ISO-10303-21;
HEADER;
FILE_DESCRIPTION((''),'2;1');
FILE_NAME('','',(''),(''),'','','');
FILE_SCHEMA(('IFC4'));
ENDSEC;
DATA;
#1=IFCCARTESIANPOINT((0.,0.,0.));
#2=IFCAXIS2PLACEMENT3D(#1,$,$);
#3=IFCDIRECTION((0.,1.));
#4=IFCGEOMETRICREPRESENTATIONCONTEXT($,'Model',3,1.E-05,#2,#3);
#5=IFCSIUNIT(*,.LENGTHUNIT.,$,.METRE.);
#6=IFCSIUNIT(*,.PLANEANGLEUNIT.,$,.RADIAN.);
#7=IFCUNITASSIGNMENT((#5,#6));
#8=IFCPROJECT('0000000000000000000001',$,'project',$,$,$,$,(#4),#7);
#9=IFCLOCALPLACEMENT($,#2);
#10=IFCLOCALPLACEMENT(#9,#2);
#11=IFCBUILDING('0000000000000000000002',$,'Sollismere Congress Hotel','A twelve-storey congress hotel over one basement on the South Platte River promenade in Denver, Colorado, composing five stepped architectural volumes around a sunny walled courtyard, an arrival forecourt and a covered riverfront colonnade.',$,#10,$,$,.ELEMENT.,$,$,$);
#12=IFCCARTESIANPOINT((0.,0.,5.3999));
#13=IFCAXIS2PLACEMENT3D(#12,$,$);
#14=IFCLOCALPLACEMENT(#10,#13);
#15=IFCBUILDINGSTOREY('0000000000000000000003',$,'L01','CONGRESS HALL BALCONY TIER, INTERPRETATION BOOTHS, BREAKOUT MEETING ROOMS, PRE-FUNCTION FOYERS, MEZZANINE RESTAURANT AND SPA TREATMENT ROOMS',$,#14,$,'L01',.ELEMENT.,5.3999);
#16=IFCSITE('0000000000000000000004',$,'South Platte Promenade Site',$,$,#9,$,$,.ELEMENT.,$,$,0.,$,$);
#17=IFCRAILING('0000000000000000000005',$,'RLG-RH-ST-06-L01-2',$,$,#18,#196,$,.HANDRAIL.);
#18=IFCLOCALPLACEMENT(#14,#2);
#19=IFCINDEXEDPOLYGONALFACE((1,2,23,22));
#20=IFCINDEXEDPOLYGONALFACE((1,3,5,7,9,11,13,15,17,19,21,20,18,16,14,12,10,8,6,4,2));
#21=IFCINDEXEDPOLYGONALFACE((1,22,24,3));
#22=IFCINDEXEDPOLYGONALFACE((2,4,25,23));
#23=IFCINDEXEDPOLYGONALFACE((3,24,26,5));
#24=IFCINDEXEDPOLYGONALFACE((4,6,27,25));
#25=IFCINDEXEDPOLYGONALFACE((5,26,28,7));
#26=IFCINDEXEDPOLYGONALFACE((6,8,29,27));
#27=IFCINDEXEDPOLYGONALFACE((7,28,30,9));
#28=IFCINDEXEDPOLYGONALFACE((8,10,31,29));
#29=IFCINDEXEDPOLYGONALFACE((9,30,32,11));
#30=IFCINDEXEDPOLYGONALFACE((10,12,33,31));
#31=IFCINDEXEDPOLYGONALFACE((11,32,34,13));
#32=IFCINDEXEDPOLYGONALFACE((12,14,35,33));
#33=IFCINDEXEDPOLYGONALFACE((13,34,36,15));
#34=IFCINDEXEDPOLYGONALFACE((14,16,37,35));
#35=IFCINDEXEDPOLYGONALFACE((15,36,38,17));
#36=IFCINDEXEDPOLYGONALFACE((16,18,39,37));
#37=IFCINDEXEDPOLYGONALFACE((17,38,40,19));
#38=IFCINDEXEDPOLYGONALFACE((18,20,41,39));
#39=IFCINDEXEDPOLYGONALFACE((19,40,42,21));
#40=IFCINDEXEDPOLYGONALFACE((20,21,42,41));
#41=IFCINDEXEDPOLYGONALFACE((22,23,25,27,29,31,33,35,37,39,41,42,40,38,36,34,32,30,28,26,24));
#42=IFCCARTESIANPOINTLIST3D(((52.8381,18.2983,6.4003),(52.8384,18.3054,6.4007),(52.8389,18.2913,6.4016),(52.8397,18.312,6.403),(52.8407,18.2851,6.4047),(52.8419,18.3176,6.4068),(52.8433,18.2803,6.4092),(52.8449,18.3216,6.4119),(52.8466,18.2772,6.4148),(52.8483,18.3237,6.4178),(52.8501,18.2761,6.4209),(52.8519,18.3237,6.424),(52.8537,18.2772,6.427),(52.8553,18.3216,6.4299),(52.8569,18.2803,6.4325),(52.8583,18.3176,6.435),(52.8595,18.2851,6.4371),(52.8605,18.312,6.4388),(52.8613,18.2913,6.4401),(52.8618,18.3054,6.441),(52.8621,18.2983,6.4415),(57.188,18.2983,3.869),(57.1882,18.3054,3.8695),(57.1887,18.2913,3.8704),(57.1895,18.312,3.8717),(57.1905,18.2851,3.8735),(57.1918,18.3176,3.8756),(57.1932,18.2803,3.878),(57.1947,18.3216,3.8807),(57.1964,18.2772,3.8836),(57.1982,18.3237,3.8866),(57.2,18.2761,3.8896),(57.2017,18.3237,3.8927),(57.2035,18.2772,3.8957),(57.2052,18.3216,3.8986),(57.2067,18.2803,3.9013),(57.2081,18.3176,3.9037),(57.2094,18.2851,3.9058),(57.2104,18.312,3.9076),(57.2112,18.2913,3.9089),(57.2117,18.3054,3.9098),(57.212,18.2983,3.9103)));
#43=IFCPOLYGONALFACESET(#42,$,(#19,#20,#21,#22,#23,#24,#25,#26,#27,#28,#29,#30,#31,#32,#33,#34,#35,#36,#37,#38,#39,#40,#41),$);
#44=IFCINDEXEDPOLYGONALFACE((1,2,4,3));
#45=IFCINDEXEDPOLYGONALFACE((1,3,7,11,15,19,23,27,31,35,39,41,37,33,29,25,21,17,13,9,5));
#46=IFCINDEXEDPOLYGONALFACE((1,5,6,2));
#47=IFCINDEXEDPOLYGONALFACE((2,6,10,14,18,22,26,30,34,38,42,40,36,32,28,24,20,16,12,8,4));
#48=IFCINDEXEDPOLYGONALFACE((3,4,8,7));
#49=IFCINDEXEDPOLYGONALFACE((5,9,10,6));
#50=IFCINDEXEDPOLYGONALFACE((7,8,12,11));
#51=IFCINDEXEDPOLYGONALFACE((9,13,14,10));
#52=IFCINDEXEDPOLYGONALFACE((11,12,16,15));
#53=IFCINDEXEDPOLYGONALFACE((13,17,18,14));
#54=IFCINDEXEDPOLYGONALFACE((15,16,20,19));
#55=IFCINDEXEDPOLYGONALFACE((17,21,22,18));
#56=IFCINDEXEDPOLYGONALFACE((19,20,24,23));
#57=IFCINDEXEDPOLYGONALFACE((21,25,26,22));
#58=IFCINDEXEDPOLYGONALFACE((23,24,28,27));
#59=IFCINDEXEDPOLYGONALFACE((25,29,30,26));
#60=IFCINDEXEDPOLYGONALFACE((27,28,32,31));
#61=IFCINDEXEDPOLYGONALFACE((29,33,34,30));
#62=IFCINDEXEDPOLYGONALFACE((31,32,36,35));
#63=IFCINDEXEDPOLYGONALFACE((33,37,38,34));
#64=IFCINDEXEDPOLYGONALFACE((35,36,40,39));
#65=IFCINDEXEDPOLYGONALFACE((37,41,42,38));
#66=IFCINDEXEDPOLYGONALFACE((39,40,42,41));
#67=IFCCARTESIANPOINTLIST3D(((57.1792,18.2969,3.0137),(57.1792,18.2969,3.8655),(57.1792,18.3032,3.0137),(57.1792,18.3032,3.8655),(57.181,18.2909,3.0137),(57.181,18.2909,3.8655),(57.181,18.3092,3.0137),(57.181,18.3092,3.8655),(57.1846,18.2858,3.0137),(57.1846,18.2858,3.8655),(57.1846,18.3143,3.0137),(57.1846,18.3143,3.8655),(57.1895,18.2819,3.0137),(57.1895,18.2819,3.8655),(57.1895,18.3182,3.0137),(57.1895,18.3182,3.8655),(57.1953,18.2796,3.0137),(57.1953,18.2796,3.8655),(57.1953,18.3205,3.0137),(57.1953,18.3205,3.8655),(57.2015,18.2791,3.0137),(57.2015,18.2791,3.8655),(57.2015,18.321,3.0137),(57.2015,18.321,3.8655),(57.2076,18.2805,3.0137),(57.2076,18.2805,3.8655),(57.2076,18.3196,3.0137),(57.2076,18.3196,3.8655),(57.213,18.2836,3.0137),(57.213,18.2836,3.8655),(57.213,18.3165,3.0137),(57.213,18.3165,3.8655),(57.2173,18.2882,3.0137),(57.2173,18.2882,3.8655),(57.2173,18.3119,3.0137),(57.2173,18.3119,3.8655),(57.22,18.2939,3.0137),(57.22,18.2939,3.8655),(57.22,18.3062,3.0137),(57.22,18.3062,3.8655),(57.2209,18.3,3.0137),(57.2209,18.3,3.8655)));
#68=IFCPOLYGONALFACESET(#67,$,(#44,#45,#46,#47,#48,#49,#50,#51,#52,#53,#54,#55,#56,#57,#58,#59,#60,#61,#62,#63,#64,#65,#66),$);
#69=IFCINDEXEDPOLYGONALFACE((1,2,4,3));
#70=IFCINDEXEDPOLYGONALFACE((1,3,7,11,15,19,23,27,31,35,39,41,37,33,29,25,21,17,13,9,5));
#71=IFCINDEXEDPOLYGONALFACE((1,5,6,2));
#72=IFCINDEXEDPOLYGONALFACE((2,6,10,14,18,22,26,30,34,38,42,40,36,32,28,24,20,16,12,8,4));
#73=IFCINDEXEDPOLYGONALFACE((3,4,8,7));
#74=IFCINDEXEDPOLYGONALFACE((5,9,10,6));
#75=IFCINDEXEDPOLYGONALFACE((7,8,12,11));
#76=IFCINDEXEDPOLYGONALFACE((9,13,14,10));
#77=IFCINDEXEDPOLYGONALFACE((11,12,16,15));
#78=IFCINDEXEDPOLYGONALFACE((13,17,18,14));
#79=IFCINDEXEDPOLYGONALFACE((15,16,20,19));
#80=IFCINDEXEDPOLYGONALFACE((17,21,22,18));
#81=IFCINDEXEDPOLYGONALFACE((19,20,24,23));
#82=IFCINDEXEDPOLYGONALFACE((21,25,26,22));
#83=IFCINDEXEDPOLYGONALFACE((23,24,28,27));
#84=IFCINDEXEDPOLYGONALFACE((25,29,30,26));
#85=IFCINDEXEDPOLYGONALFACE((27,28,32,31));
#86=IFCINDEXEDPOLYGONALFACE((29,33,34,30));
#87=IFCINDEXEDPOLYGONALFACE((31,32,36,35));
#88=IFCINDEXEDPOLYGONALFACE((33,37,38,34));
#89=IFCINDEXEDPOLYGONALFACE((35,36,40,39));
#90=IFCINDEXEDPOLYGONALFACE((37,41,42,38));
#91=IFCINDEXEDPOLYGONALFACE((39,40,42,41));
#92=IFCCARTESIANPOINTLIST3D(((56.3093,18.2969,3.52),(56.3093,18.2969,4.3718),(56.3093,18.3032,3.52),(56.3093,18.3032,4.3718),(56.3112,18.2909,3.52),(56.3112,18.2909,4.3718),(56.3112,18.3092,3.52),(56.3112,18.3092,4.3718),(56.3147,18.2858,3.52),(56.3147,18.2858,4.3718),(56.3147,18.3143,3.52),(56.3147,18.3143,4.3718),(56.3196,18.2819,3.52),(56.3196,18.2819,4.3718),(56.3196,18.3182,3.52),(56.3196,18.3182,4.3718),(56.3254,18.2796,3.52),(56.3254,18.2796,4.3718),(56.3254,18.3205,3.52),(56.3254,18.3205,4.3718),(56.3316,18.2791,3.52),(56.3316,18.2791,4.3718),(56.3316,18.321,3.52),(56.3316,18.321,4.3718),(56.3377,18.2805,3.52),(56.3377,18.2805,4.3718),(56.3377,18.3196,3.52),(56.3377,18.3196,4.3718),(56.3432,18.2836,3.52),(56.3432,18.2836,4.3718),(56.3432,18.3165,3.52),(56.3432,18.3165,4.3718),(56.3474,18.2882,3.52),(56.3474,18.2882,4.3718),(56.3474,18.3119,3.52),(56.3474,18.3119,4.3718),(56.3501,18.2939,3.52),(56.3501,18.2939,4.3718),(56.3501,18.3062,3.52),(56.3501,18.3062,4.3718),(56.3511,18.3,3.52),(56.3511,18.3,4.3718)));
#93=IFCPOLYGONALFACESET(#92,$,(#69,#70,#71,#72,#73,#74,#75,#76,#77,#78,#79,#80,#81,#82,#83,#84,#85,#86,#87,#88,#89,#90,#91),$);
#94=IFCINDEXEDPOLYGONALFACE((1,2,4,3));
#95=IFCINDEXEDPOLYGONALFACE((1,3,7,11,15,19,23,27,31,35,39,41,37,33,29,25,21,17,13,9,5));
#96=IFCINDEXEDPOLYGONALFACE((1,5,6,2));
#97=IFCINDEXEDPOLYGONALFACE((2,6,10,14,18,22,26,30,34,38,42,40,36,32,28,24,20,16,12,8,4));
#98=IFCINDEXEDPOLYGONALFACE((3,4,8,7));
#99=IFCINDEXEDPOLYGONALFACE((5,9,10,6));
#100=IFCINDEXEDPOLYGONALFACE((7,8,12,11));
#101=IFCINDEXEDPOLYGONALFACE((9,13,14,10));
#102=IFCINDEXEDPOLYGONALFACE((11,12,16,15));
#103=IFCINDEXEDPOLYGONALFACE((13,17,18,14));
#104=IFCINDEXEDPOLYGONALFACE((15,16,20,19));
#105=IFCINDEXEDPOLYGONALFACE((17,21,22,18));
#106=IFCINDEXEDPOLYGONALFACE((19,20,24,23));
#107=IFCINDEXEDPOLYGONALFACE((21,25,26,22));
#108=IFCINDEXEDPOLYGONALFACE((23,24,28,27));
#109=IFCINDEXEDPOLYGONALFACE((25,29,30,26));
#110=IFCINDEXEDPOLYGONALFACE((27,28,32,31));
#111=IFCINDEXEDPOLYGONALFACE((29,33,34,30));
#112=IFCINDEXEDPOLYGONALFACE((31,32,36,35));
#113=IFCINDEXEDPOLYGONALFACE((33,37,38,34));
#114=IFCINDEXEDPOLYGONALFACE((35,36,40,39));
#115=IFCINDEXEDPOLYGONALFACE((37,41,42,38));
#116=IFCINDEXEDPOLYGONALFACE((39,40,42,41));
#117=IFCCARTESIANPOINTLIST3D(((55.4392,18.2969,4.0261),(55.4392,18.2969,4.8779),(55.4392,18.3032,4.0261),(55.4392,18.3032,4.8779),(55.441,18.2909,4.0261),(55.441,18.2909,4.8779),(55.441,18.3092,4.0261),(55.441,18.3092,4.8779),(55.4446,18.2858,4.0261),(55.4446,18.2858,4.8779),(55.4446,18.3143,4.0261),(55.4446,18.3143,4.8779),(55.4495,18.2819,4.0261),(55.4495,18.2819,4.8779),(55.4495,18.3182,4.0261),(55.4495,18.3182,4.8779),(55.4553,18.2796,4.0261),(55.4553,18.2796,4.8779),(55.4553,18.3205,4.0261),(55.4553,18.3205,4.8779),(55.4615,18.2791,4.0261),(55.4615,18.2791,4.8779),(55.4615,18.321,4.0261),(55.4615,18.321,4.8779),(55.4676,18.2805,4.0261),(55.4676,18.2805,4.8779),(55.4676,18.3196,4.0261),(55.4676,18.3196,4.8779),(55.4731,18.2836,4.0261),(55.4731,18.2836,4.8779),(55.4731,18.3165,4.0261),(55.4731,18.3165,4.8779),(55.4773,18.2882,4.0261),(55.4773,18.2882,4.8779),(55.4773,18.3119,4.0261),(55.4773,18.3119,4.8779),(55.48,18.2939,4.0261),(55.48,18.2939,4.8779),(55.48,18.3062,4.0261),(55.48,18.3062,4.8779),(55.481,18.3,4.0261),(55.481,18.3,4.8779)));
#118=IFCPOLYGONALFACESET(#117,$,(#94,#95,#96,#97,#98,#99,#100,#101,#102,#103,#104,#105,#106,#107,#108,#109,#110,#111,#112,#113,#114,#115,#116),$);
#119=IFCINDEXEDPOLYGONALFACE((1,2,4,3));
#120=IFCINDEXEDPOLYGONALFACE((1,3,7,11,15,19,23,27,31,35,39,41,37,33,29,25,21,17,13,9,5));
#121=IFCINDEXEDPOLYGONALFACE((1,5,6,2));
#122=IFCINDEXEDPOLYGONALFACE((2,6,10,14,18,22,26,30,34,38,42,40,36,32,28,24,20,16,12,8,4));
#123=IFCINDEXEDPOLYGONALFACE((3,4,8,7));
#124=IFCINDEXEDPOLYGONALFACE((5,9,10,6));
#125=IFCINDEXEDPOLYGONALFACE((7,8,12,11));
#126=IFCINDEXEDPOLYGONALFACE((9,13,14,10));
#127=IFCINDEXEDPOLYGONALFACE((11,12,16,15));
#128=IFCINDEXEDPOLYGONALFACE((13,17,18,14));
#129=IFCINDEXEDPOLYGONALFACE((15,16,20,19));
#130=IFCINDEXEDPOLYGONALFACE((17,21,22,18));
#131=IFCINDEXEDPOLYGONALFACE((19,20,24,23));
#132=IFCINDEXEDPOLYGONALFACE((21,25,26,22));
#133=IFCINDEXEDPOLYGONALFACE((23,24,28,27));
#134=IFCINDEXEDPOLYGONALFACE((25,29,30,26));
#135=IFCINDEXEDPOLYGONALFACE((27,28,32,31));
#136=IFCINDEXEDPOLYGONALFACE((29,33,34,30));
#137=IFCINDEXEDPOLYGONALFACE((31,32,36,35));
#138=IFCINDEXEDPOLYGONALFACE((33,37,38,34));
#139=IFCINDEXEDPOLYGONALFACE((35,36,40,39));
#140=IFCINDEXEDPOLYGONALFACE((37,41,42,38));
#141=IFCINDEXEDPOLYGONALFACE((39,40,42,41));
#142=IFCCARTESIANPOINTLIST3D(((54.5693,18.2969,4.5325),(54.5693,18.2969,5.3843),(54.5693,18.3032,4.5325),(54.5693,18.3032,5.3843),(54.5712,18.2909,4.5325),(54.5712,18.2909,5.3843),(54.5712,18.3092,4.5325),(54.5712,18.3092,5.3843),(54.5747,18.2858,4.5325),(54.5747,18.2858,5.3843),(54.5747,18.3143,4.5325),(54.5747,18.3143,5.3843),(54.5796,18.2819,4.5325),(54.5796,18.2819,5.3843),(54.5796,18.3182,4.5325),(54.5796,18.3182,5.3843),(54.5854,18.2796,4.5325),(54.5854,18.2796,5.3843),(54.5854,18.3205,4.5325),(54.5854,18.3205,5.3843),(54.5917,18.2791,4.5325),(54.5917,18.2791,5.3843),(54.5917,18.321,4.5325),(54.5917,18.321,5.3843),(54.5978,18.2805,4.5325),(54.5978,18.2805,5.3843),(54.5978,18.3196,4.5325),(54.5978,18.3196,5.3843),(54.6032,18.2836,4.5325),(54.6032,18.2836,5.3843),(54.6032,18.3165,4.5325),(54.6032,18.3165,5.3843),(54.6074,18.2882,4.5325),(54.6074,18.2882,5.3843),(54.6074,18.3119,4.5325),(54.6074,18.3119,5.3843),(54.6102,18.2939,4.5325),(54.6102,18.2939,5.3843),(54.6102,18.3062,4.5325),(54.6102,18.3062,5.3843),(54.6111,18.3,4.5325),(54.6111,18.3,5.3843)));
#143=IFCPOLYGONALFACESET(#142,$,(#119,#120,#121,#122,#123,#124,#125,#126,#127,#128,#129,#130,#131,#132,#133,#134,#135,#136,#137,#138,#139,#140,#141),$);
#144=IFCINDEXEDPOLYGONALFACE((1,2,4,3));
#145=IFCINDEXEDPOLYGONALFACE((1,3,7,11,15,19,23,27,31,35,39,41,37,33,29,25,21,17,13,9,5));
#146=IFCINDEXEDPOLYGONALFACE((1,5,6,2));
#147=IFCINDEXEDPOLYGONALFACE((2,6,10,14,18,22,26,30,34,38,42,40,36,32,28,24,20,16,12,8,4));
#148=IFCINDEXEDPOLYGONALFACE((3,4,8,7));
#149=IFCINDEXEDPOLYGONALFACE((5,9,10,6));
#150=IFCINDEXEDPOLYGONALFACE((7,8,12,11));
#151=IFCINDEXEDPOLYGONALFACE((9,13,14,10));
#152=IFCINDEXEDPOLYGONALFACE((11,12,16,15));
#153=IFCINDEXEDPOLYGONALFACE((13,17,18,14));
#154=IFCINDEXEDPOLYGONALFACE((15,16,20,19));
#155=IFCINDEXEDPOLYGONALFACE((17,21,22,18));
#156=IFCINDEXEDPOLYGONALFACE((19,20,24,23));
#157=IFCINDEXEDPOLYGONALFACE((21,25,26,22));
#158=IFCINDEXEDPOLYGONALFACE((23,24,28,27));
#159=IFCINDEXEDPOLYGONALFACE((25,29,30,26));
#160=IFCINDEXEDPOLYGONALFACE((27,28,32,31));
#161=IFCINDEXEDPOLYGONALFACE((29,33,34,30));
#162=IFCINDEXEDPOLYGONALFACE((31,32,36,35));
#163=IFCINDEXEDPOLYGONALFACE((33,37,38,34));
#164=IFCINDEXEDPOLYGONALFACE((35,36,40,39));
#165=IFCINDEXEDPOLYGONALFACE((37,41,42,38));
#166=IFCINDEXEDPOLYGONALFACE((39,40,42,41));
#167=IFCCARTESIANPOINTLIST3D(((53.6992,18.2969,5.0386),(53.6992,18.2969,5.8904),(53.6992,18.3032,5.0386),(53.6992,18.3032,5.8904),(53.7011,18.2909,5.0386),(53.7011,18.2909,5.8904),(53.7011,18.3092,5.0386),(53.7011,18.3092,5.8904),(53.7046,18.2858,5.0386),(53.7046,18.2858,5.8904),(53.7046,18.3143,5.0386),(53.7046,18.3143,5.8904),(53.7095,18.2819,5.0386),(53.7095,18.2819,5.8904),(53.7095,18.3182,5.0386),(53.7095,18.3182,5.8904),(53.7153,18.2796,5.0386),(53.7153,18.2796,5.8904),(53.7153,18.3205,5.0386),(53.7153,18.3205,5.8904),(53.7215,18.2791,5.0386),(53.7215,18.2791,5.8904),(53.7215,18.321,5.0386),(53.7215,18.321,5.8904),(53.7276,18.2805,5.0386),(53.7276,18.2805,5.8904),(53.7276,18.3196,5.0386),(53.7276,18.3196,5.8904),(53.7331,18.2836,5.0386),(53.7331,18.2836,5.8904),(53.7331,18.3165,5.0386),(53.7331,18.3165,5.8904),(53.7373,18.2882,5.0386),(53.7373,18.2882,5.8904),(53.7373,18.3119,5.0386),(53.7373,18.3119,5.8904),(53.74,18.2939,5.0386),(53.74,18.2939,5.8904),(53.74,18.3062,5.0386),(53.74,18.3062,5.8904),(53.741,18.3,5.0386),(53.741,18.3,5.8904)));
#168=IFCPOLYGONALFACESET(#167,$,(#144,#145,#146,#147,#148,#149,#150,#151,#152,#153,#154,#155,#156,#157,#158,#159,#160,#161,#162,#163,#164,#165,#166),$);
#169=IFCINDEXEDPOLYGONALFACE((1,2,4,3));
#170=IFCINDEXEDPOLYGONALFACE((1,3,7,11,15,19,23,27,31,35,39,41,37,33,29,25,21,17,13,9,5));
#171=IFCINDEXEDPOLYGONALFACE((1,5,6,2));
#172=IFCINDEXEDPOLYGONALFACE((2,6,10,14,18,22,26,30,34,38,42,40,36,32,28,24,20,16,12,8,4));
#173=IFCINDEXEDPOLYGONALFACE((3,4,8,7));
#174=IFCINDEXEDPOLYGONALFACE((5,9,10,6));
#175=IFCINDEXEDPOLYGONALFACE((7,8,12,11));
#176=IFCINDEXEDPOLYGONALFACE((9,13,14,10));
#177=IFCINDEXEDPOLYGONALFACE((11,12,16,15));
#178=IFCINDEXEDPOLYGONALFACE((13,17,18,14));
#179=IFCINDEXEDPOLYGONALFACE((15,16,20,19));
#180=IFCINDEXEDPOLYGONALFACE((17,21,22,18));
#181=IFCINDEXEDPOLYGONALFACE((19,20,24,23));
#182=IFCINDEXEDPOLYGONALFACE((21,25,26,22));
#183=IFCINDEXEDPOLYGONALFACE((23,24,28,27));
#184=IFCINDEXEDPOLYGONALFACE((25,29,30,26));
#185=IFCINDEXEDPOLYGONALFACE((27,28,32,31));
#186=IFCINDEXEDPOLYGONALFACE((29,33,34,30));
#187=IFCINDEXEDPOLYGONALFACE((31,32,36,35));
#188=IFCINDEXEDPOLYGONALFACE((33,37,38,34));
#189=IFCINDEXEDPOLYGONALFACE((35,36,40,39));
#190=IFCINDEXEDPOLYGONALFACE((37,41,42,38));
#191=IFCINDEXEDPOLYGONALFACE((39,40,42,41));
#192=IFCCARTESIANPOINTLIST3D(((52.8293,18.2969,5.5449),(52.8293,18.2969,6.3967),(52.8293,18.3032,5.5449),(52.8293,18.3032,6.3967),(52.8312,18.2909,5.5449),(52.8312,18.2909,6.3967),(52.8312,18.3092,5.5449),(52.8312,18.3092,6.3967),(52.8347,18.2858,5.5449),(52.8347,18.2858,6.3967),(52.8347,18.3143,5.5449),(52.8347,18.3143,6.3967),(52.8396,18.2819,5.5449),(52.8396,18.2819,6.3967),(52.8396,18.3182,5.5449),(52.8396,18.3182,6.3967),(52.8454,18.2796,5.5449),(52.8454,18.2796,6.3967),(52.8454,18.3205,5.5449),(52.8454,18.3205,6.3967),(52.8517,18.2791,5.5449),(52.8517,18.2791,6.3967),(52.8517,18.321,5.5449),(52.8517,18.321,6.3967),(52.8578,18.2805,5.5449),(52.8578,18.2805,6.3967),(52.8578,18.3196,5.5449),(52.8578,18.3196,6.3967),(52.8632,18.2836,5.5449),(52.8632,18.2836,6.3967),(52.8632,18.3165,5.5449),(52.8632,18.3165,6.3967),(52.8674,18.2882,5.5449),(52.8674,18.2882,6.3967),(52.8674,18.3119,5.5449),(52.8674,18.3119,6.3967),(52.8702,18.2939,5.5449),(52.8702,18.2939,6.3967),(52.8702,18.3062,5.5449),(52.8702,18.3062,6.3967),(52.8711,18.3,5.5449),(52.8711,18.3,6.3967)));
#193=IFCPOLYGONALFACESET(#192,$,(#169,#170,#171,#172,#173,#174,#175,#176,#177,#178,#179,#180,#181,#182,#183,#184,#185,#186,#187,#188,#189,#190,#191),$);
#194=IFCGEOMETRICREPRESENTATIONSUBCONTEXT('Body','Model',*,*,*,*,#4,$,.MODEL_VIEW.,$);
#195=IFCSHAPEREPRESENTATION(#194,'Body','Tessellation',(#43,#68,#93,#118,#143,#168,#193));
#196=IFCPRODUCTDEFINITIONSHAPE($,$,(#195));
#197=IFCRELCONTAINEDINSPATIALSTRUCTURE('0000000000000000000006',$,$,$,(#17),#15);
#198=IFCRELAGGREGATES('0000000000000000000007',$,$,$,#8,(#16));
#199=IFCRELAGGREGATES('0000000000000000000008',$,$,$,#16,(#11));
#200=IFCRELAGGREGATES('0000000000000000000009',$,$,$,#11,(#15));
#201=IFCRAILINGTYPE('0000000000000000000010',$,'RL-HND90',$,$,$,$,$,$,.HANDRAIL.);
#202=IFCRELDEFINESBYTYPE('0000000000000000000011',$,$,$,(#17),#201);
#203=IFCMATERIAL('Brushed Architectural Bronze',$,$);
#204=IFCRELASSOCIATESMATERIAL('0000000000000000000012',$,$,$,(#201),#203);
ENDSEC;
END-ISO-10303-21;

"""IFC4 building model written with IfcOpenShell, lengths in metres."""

from ifc_helpers import new_model, si_unit, direction, frame, origin, origin_2d, place, context, subcontext, project, spatial, circle, extrude, material, type_object, element, save


model = new_model("IFC4")

# Units and contexts
model_context = context("Model", 3, precision=1e-05, world=origin(), true_north=direction((0.0, 1.0)))
body_context = subcontext(model_context, "Body", "Model", "MODEL_VIEW")
ifc_project = project(units=[si_unit("LENGTHUNIT", "METRE"), si_unit("PLANEANGLEUNIT", "RADIAN")], contexts=[model_context])

# Site, building, storey
site_placement = place(None, origin())
site = spatial("IfcSite", under=ifc_project, at=site_placement, Name="South Platte Promenade Site", CompositionType="ELEMENT", RefElevation=0.0)
building_placement = place(site_placement, origin())
building = spatial("IfcBuilding", under=site, at=building_placement, Name="Sollismere Congress Hotel", Description="A twelve-storey congress hotel over one basement on the South Platte River promenade in Denver, Colorado, composing five stepped architectural volumes around a sunny walled courtyard, an arrival forecourt and a covered riverfront colonnade.", CompositionType="ELEMENT")
storey_placement = place(building_placement, frame((0.0, 0.0, 5.3999)))
storey = spatial("IfcBuildingStorey", under=building, at=storey_placement, Name="L01", Description="CONGRESS HALL BALCONY TIER, INTERPRETATION BOOTHS, BREAKOUT MEETING ROOMS, PRE-FUNCTION FOYERS, MEZZANINE RESTAURANT AND SPA TREATMENT ROOMS", LongName="L01", CompositionType="ELEMENT", Elevation=5.3999)

# Railing
ifc_material_1 = material(Name="Brushed Architectural Bronze")
railing_type_1 = type_object("IfcRailingType", Name="RL-HND90", PredefinedType="HANDRAIL", material=ifc_material_1)
railing_1_placement = place(storey_placement, frame((57.2, 18.3, 3.0137)))
element("IfcRailing", 1, at=railing_1_placement, inside=storey, type_object=railing_type_1, Name="RLG-RH-ST-06-L01-2", PredefinedType="HANDRAIL", context=body_context, shape_type="SweptSolid", body=[
    extrude(circle(Radius=0.0239, at=origin_2d()), frame((0.0, 0.0, 0.876), z_axis=(-0.864312, 0.0, 0.502957), x_axis=(0.0, -1.0, 0.0)), (0.0, 0.0, 1.0), 5.0327),
    extrude(circle(Radius=0.021, at=origin_2d()), origin(), (0.0, 0.0, 1.0), 0.8518),
    extrude(circle(Radius=0.021, at=origin_2d()), frame((-0.8699, 0.0, 0.5063)), (0.0, 0.0, 1.0), 0.8518),
    extrude(circle(Radius=0.021, at=origin_2d()), frame((-1.74, 0.0, 1.0125)), (0.0, 0.0, 1.0), 0.8518),
    extrude(circle(Radius=0.021, at=origin_2d()), frame((-2.6099, 0.0, 1.5188)), (0.0, 0.0, 1.0), 0.8518),
    extrude(circle(Radius=0.021, at=origin_2d()), frame((-3.48, 0.0, 2.0249)), (0.0, 0.0, 1.0), 0.8518),
    extrude(circle(Radius=0.021, at=origin_2d()), frame((-4.3499, 0.0, 2.5312)), (0.0, 0.0, 1.0), 0.8518),
])

save(model, "model.ifc")
